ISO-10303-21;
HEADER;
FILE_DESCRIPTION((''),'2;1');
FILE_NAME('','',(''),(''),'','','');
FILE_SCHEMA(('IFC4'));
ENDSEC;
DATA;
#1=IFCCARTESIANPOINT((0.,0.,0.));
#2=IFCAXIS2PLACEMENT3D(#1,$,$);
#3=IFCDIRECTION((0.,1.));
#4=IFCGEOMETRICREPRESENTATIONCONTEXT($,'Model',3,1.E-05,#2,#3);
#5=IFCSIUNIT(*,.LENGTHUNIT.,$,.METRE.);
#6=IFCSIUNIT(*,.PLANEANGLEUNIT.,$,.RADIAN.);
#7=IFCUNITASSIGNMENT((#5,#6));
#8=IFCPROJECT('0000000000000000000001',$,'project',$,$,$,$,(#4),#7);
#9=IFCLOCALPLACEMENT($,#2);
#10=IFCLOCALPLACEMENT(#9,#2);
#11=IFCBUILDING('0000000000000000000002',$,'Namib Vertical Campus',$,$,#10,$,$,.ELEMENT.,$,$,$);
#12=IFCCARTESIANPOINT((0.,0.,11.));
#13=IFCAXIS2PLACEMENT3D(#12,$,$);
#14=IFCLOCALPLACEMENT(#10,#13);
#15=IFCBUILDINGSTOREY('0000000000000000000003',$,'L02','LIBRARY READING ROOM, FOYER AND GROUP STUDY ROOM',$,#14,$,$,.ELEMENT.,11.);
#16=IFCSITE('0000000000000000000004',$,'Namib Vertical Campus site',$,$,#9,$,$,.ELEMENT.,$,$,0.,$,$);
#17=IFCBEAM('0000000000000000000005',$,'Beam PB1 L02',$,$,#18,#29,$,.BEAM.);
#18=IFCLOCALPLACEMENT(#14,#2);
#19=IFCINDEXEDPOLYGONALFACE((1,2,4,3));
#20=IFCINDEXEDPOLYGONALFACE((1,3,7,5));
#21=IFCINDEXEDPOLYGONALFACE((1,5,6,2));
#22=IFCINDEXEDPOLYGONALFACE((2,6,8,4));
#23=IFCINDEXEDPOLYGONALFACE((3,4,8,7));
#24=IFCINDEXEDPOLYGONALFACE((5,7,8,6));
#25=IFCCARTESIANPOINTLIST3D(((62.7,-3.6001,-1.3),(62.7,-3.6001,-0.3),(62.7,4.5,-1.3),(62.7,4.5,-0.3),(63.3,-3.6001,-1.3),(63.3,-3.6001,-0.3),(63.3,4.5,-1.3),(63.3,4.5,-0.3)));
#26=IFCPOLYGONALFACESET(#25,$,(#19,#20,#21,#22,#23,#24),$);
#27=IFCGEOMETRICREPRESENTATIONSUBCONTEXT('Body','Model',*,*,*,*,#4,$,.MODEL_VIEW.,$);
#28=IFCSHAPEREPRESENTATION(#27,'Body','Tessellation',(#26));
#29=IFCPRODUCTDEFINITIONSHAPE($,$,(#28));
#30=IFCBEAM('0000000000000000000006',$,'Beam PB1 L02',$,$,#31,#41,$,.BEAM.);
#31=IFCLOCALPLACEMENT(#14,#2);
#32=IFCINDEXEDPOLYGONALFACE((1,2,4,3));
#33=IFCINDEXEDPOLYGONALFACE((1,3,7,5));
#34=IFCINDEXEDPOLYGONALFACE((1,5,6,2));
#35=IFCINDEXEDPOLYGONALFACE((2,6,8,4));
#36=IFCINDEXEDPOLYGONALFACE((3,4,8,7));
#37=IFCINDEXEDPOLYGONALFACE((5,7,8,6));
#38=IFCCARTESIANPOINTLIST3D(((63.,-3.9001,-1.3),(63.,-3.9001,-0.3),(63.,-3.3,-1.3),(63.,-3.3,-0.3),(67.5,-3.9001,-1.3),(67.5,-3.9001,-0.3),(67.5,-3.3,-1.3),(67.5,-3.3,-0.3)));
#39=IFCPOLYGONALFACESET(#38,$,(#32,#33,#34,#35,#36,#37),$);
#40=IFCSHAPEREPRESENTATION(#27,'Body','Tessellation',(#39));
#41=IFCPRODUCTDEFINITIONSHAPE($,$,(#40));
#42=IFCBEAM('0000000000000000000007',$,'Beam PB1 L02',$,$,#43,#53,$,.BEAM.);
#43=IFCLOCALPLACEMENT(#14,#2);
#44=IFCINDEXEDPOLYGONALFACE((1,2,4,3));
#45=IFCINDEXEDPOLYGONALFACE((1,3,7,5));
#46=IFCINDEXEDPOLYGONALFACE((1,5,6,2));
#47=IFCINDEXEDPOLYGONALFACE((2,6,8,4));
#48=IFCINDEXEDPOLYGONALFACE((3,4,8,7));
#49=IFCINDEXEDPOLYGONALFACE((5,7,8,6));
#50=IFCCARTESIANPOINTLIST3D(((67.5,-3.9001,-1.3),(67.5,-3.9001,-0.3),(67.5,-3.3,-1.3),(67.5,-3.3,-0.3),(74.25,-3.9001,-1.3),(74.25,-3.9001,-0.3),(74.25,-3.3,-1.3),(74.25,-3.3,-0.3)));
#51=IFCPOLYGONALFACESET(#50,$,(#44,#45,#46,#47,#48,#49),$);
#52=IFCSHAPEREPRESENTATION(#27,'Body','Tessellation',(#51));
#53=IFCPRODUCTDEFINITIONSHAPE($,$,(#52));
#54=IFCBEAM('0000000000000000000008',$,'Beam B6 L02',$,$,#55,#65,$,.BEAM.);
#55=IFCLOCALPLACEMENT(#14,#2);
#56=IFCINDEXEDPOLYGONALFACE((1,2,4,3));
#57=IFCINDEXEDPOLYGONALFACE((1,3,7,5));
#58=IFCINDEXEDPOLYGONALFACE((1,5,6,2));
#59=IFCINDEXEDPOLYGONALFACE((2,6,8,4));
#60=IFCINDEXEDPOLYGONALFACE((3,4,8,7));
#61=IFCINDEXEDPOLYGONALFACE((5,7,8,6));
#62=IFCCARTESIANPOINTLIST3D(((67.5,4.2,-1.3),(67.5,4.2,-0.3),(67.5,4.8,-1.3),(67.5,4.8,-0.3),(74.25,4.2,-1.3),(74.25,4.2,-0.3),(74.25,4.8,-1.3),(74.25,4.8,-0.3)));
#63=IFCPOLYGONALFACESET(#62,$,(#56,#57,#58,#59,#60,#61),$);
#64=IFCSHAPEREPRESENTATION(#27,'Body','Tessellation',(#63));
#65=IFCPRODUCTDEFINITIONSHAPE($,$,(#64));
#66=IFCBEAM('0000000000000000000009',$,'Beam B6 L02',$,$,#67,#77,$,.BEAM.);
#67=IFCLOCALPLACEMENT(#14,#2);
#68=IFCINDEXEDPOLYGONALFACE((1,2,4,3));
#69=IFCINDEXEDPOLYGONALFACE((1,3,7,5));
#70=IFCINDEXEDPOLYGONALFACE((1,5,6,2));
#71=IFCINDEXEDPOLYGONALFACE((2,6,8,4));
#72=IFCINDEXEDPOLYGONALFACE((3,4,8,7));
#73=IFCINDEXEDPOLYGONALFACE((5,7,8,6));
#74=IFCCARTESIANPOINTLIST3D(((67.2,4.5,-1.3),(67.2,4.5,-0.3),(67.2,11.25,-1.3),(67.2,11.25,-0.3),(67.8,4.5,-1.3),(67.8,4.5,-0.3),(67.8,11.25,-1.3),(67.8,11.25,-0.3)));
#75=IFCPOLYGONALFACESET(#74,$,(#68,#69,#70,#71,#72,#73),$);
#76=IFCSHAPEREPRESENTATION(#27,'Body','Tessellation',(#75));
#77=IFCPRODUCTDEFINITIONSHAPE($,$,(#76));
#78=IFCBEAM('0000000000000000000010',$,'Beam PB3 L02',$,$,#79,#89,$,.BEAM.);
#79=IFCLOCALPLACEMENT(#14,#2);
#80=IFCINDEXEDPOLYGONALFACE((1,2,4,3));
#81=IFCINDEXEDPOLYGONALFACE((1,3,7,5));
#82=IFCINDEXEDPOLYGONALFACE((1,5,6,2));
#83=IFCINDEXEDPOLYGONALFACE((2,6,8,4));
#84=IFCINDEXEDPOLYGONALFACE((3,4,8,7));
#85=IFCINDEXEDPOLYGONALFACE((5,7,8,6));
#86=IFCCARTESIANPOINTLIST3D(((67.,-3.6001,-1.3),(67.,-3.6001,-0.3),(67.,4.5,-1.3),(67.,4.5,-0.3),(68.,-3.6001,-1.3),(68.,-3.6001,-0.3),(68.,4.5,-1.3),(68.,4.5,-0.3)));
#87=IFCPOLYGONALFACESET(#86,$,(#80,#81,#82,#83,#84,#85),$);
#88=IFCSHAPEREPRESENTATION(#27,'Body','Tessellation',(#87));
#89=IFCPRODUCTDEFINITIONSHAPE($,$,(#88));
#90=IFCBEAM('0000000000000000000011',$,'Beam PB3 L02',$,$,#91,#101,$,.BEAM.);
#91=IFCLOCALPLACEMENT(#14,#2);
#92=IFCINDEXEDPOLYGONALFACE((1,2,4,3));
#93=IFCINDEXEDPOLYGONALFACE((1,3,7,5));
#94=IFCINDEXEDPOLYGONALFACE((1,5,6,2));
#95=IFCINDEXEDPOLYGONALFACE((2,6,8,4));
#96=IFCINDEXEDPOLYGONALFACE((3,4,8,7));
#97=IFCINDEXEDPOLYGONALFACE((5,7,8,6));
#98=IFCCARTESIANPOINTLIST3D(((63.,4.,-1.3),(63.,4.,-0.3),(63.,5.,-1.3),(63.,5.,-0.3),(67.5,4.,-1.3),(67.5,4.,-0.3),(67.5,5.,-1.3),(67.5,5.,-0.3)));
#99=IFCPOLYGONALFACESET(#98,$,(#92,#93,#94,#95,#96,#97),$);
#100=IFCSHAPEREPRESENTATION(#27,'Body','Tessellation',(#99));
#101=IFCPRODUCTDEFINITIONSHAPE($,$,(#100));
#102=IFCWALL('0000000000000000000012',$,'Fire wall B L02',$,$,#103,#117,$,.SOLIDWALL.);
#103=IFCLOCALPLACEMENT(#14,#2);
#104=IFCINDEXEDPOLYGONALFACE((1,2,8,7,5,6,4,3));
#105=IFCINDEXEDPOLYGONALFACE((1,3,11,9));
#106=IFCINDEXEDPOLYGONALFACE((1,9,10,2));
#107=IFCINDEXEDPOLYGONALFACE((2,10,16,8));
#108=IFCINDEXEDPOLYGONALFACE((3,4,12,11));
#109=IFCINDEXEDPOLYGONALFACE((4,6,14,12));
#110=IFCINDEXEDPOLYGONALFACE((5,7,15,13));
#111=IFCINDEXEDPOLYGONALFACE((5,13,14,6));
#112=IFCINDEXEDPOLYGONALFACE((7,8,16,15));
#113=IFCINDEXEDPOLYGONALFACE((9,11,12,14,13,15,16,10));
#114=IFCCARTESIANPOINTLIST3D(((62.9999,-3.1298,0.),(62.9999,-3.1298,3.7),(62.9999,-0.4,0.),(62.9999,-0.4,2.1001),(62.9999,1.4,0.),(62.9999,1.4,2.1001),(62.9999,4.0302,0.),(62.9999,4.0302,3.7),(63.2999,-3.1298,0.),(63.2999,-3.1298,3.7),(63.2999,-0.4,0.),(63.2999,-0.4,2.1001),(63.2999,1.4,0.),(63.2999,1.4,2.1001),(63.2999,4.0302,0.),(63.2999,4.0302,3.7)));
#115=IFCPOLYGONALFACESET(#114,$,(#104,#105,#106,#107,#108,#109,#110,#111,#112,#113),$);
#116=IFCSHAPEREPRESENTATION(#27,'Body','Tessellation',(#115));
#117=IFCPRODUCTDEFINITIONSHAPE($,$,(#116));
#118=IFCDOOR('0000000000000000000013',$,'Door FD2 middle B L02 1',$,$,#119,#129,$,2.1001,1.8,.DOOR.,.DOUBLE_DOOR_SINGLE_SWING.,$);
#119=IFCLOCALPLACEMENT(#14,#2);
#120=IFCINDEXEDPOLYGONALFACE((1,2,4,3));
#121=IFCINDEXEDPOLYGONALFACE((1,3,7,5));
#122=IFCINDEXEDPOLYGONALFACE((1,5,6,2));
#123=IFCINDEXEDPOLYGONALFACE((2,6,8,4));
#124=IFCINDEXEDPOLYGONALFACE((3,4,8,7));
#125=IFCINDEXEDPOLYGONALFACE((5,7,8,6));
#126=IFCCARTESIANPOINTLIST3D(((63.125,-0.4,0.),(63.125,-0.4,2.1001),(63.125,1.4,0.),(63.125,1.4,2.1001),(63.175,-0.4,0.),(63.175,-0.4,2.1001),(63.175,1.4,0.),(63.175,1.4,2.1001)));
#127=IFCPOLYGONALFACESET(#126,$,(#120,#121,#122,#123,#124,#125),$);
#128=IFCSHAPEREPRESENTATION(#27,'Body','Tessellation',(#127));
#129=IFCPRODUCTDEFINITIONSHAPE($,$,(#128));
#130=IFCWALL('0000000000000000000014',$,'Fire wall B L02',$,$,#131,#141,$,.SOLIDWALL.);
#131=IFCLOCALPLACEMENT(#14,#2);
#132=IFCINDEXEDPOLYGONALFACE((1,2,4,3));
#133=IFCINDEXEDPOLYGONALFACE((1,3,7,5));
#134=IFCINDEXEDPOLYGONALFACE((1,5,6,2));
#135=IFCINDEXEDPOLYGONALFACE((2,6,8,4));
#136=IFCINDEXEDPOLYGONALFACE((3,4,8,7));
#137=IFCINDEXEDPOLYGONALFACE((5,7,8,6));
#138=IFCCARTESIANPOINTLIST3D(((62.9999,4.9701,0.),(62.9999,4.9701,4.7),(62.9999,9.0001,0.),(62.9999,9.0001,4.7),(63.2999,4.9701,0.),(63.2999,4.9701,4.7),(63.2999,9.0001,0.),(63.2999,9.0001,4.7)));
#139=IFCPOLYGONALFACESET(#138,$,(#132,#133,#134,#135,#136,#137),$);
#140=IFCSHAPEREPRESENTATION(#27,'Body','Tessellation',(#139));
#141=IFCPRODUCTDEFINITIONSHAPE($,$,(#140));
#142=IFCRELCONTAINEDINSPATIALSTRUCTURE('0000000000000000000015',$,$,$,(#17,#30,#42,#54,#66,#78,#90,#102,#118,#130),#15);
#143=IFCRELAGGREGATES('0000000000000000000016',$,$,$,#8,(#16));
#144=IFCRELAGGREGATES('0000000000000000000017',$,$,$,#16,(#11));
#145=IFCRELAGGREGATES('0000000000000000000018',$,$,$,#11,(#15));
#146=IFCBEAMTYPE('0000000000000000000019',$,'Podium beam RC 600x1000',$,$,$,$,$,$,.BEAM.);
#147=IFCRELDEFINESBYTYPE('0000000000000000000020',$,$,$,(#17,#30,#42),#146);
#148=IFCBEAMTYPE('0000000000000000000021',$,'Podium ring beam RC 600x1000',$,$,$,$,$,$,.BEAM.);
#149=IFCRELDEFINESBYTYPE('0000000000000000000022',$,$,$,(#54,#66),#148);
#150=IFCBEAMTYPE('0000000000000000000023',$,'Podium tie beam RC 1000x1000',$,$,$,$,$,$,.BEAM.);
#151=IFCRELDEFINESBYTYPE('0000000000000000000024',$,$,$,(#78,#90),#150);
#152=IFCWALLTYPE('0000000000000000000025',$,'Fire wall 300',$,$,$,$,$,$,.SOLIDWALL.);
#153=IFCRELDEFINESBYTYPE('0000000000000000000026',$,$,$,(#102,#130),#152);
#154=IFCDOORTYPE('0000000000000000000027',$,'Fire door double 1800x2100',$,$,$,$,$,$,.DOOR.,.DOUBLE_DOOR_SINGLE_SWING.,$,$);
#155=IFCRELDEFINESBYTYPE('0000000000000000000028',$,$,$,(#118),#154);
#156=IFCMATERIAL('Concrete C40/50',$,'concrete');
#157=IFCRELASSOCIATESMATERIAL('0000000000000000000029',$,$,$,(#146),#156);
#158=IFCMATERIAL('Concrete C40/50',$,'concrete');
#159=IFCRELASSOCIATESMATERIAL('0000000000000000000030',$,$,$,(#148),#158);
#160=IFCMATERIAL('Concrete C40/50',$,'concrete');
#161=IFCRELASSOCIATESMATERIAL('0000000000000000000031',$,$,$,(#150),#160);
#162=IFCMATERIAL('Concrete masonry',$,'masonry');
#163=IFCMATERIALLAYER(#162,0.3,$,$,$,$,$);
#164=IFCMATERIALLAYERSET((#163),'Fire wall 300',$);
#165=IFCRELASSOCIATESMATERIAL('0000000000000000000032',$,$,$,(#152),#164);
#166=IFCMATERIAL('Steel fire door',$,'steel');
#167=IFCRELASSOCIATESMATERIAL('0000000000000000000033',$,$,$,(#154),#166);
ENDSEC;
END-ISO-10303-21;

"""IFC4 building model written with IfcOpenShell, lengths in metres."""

from ifc_helpers import new_model, si_unit, direction, frame, frame_2d, origin, origin_2d, place, context, subcontext, project, spatial, rectangle, extrude, material, layer, layer_set, material_profile, profile_set, type_object, element, fill, save


model = new_model("IFC4")

# Units and contexts
model_context = context("Model", 3, precision=1e-05, world=origin(), true_north=direction((0.0, 1.0)))
body_context = subcontext(model_context, "Body", "Model", "MODEL_VIEW")
ifc_project = project(units=[si_unit("LENGTHUNIT", "METRE"), si_unit("PLANEANGLEUNIT", "RADIAN")], contexts=[model_context])

# Site, building, storey
site_placement = place(None, origin())
site = spatial("IfcSite", under=ifc_project, at=site_placement, Name="Namib Vertical Campus site", CompositionType="ELEMENT", RefElevation=0.0)
building_placement = place(site_placement, origin())
building = spatial("IfcBuilding", under=site, at=building_placement, Name="Namib Vertical Campus", CompositionType="ELEMENT")
storey_placement = place(building_placement, frame((0.0, 0.0, 11.0)))
storey = spatial("IfcBuildingStorey", under=building, at=storey_placement, Name="L02", Description="LIBRARY READING ROOM, FOYER AND GROUP STUDY ROOM", CompositionType="ELEMENT", Elevation=11.0)

# Beams
ifc_material_1 = material(Name="Concrete C40/50", Category="concrete")
ifc_material_profile_1 = material_profile(ifc_material_1, rectangle(XDim=0.6001, YDim=1.0, at=origin_2d()))
ifc_profile_set_1 = profile_set([ifc_material_profile_1], Name="Concrete C40/50")
beam_type_1 = type_object("IfcBeamType", Name="Podium beam RC 600x1000", PredefinedType="BEAM", material=ifc_profile_set_1)
beam_1_placement = place(storey_placement, frame((63.0, -3.6001, -0.8), z_axis=(0.0, 1.0, 0.0), x_axis=(-1.0, 0.0, 0.0)))
element("IfcBeam", 1, at=beam_1_placement, inside=storey, type_object=beam_type_1, Name="Beam PB1 L02", PredefinedType="BEAM", context=body_context, shape_type="SweptSolid", body=[
    extrude(rectangle(XDim=0.6001, YDim=1.0, at=origin_2d()), origin(), (0.0, 0.0, 1.0), 8.1001),
])
beam_2_placement = place(storey_placement, frame((63.0, -3.6001, -0.8), z_axis=(1.0, 0.0, 0.0), x_axis=(0.0, 1.0, 0.0)))
element("IfcBeam", 2, at=beam_2_placement, inside=storey, type_object=beam_type_1, Name="Beam PB1 L02", PredefinedType="BEAM", context=body_context, shape_type="SweptSolid", body=[
    extrude(rectangle(XDim=0.6001, YDim=1.0, at=origin_2d()), origin(), (0.0, 0.0, 1.0), 4.5),
])
beam_3_placement = place(storey_placement, frame((67.5, -3.6001, -0.8), z_axis=(1.0, 0.0, 0.0), x_axis=(0.0, 1.0, 0.0)))
element("IfcBeam", 3, at=beam_3_placement, inside=storey, type_object=beam_type_1, Name="Beam PB1 L02", PredefinedType="BEAM", context=body_context, shape_type="SweptSolid", body=[
    extrude(rectangle(XDim=0.6001, YDim=1.0, at=origin_2d()), origin(), (0.0, 0.0, 1.0), 6.75),
])
ifc_material_2 = material(Name="Concrete C40/50", Category="concrete")
ifc_material_profile_2 = material_profile(ifc_material_2, rectangle(XDim=0.6001, YDim=1.0, at=origin_2d()))
ifc_profile_set_2 = profile_set([ifc_material_profile_2], Name="Concrete C40/50")
beam_type_2 = type_object("IfcBeamType", Name="Podium ring beam RC 600x1000", PredefinedType="BEAM", material=ifc_profile_set_2)
for number, where, z_axis, x_axis, name in (
    (4, (67.5, 4.5, -0.8), (1.0, 0.0, 0.0), (0.0, 1.0, 0.0), "Beam B6 L02"),
    (5, (67.5, 4.5, -0.8), (0.0, 1.0, 0.0), (-1.0, 0.0, 0.0), "Beam B6 L02"),
):
    element("IfcBeam", number, at=place(storey_placement, frame(where, z_axis=z_axis, x_axis=x_axis)), inside=storey, type_object=beam_type_2, Name=name, PredefinedType="BEAM", context=body_context, shape_type="SweptSolid", body=[
        extrude(rectangle(XDim=0.6001, YDim=1.0, at=origin_2d()), origin(), (0.0, 0.0, 1.0), 6.75),
    ])
ifc_material_3 = material(Name="Concrete C40/50", Category="concrete")
ifc_material_profile_3 = material_profile(ifc_material_3, rectangle(XDim=1.0, YDim=1.0, at=origin_2d()))
ifc_profile_set_3 = profile_set([ifc_material_profile_3], Name="Concrete C40/50")
beam_type_3 = type_object("IfcBeamType", Name="Podium tie beam RC 1000x1000", PredefinedType="BEAM", material=ifc_profile_set_3)
beam_4_placement = place(storey_placement, frame((67.5, -3.6001, -0.8), z_axis=(0.0, 1.0, 0.0), x_axis=(-1.0, 0.0, 0.0)))
element("IfcBeam", 6, at=beam_4_placement, inside=storey, type_object=beam_type_3, Name="Beam PB3 L02", PredefinedType="BEAM", context=body_context, shape_type="SweptSolid", body=[
    extrude(rectangle(XDim=1.0, YDim=1.0, at=origin_2d()), origin(), (0.0, 0.0, 1.0), 8.1001),
])
beam_5_placement = place(storey_placement, frame((63.0, 4.5, -0.8), z_axis=(1.0, 0.0, 0.0), x_axis=(0.0, 1.0, 0.0)))
element("IfcBeam", 7, at=beam_5_placement, inside=storey, type_object=beam_type_3, Name="Beam PB3 L02", PredefinedType="BEAM", context=body_context, shape_type="SweptSolid", body=[
    extrude(rectangle(XDim=1.0, YDim=1.0, at=origin_2d()), origin(), (0.0, 0.0, 1.0), 4.5),
])

# Wall, opening, door
ifc_material_4 = material(Name="Concrete masonry", Category="masonry")
ifc_layer = layer(ifc_material_4, 0.3)
ifc_layer_set = layer_set([ifc_layer], Name="Fire wall 300")
wall_type = type_object("IfcWallType", Name="Fire wall 300", PredefinedType="SOLIDWALL", material=ifc_layer_set)
wall_1_placement = place(storey_placement, frame((63.1499, -3.1299, 0.0), z_axis=(0.0, 0.0, 1.0), x_axis=(0.0, 1.0, 0.0)))
wall_1 = element("IfcWall", 8, at=wall_1_placement, inside=storey, type_object=wall_type, Name="Fire wall B L02", PredefinedType="SOLIDWALL", context=body_context, shape_type="SweptSolid", body=[
    extrude(rectangle(XDim=7.1599, YDim=0.3, at=frame_2d((3.5801, 0.0))), origin(), (0.0, 0.0, 1.0), 3.7),
])
opening_placement = place(wall_1_placement, frame((2.73, 0.0, 0.0)))
opening = element("IfcOpeningElement", 9, at=opening_placement, cuts=wall_1, PredefinedType="OPENING", context=body_context, shape_type="SweptSolid", body=[
    extrude(rectangle(XDim=1.8, YDim=2.1001, at=frame_2d((0.8999, 1.05))), frame((0.0, 0.1599, 0.0), z_axis=(0.0, -1.0, 0.0), x_axis=(1.0, 0.0, 0.0)), (0.0, 0.0, 1.0), 0.3201),
])
ifc_material_5 = material(Name="Steel fire door", Category="steel")
door_type = type_object("IfcDoorType", Name="Fire door double 1800x2100", OperationType="DOUBLE_DOOR_SINGLE_SWING", PredefinedType="DOOR", material=ifc_material_5)
door_placement = place(opening_placement, origin())
door = element("IfcDoor", 10, at=door_placement, inside=storey, type_object=door_type, Name="Door FD2 middle B L02 1", OperationType="DOUBLE_DOOR_SINGLE_SWING", OverallHeight=2.1001, OverallWidth=1.8, PredefinedType="DOOR", context=body_context, shape_type="SweptSolid", body=[
    extrude(rectangle(XDim=1.8, YDim=2.1001, at=frame_2d((0.8999, 1.05))), frame((0.0, 0.0249, 0.0), z_axis=(0.0, -1.0, 0.0), x_axis=(1.0, 0.0, 0.0)), (0.0, 0.0, 1.0), 0.05),
])
fill(opening, door)

# Wall
wall_2_placement = place(storey_placement, frame((63.1499, 4.97, 0.0), z_axis=(0.0, 0.0, 1.0), x_axis=(0.0, 1.0, 0.0)))
element("IfcWall", 11, at=wall_2_placement, inside=storey, type_object=wall_type, Name="Fire wall B L02", PredefinedType="SOLIDWALL", context=body_context, shape_type="SweptSolid", body=[
    extrude(rectangle(XDim=4.03, YDim=0.3, at=frame_2d((2.0151, 0.0))), origin(), (0.0, 0.0, 1.0), 4.7),
])

save(model, "model.ifc")
